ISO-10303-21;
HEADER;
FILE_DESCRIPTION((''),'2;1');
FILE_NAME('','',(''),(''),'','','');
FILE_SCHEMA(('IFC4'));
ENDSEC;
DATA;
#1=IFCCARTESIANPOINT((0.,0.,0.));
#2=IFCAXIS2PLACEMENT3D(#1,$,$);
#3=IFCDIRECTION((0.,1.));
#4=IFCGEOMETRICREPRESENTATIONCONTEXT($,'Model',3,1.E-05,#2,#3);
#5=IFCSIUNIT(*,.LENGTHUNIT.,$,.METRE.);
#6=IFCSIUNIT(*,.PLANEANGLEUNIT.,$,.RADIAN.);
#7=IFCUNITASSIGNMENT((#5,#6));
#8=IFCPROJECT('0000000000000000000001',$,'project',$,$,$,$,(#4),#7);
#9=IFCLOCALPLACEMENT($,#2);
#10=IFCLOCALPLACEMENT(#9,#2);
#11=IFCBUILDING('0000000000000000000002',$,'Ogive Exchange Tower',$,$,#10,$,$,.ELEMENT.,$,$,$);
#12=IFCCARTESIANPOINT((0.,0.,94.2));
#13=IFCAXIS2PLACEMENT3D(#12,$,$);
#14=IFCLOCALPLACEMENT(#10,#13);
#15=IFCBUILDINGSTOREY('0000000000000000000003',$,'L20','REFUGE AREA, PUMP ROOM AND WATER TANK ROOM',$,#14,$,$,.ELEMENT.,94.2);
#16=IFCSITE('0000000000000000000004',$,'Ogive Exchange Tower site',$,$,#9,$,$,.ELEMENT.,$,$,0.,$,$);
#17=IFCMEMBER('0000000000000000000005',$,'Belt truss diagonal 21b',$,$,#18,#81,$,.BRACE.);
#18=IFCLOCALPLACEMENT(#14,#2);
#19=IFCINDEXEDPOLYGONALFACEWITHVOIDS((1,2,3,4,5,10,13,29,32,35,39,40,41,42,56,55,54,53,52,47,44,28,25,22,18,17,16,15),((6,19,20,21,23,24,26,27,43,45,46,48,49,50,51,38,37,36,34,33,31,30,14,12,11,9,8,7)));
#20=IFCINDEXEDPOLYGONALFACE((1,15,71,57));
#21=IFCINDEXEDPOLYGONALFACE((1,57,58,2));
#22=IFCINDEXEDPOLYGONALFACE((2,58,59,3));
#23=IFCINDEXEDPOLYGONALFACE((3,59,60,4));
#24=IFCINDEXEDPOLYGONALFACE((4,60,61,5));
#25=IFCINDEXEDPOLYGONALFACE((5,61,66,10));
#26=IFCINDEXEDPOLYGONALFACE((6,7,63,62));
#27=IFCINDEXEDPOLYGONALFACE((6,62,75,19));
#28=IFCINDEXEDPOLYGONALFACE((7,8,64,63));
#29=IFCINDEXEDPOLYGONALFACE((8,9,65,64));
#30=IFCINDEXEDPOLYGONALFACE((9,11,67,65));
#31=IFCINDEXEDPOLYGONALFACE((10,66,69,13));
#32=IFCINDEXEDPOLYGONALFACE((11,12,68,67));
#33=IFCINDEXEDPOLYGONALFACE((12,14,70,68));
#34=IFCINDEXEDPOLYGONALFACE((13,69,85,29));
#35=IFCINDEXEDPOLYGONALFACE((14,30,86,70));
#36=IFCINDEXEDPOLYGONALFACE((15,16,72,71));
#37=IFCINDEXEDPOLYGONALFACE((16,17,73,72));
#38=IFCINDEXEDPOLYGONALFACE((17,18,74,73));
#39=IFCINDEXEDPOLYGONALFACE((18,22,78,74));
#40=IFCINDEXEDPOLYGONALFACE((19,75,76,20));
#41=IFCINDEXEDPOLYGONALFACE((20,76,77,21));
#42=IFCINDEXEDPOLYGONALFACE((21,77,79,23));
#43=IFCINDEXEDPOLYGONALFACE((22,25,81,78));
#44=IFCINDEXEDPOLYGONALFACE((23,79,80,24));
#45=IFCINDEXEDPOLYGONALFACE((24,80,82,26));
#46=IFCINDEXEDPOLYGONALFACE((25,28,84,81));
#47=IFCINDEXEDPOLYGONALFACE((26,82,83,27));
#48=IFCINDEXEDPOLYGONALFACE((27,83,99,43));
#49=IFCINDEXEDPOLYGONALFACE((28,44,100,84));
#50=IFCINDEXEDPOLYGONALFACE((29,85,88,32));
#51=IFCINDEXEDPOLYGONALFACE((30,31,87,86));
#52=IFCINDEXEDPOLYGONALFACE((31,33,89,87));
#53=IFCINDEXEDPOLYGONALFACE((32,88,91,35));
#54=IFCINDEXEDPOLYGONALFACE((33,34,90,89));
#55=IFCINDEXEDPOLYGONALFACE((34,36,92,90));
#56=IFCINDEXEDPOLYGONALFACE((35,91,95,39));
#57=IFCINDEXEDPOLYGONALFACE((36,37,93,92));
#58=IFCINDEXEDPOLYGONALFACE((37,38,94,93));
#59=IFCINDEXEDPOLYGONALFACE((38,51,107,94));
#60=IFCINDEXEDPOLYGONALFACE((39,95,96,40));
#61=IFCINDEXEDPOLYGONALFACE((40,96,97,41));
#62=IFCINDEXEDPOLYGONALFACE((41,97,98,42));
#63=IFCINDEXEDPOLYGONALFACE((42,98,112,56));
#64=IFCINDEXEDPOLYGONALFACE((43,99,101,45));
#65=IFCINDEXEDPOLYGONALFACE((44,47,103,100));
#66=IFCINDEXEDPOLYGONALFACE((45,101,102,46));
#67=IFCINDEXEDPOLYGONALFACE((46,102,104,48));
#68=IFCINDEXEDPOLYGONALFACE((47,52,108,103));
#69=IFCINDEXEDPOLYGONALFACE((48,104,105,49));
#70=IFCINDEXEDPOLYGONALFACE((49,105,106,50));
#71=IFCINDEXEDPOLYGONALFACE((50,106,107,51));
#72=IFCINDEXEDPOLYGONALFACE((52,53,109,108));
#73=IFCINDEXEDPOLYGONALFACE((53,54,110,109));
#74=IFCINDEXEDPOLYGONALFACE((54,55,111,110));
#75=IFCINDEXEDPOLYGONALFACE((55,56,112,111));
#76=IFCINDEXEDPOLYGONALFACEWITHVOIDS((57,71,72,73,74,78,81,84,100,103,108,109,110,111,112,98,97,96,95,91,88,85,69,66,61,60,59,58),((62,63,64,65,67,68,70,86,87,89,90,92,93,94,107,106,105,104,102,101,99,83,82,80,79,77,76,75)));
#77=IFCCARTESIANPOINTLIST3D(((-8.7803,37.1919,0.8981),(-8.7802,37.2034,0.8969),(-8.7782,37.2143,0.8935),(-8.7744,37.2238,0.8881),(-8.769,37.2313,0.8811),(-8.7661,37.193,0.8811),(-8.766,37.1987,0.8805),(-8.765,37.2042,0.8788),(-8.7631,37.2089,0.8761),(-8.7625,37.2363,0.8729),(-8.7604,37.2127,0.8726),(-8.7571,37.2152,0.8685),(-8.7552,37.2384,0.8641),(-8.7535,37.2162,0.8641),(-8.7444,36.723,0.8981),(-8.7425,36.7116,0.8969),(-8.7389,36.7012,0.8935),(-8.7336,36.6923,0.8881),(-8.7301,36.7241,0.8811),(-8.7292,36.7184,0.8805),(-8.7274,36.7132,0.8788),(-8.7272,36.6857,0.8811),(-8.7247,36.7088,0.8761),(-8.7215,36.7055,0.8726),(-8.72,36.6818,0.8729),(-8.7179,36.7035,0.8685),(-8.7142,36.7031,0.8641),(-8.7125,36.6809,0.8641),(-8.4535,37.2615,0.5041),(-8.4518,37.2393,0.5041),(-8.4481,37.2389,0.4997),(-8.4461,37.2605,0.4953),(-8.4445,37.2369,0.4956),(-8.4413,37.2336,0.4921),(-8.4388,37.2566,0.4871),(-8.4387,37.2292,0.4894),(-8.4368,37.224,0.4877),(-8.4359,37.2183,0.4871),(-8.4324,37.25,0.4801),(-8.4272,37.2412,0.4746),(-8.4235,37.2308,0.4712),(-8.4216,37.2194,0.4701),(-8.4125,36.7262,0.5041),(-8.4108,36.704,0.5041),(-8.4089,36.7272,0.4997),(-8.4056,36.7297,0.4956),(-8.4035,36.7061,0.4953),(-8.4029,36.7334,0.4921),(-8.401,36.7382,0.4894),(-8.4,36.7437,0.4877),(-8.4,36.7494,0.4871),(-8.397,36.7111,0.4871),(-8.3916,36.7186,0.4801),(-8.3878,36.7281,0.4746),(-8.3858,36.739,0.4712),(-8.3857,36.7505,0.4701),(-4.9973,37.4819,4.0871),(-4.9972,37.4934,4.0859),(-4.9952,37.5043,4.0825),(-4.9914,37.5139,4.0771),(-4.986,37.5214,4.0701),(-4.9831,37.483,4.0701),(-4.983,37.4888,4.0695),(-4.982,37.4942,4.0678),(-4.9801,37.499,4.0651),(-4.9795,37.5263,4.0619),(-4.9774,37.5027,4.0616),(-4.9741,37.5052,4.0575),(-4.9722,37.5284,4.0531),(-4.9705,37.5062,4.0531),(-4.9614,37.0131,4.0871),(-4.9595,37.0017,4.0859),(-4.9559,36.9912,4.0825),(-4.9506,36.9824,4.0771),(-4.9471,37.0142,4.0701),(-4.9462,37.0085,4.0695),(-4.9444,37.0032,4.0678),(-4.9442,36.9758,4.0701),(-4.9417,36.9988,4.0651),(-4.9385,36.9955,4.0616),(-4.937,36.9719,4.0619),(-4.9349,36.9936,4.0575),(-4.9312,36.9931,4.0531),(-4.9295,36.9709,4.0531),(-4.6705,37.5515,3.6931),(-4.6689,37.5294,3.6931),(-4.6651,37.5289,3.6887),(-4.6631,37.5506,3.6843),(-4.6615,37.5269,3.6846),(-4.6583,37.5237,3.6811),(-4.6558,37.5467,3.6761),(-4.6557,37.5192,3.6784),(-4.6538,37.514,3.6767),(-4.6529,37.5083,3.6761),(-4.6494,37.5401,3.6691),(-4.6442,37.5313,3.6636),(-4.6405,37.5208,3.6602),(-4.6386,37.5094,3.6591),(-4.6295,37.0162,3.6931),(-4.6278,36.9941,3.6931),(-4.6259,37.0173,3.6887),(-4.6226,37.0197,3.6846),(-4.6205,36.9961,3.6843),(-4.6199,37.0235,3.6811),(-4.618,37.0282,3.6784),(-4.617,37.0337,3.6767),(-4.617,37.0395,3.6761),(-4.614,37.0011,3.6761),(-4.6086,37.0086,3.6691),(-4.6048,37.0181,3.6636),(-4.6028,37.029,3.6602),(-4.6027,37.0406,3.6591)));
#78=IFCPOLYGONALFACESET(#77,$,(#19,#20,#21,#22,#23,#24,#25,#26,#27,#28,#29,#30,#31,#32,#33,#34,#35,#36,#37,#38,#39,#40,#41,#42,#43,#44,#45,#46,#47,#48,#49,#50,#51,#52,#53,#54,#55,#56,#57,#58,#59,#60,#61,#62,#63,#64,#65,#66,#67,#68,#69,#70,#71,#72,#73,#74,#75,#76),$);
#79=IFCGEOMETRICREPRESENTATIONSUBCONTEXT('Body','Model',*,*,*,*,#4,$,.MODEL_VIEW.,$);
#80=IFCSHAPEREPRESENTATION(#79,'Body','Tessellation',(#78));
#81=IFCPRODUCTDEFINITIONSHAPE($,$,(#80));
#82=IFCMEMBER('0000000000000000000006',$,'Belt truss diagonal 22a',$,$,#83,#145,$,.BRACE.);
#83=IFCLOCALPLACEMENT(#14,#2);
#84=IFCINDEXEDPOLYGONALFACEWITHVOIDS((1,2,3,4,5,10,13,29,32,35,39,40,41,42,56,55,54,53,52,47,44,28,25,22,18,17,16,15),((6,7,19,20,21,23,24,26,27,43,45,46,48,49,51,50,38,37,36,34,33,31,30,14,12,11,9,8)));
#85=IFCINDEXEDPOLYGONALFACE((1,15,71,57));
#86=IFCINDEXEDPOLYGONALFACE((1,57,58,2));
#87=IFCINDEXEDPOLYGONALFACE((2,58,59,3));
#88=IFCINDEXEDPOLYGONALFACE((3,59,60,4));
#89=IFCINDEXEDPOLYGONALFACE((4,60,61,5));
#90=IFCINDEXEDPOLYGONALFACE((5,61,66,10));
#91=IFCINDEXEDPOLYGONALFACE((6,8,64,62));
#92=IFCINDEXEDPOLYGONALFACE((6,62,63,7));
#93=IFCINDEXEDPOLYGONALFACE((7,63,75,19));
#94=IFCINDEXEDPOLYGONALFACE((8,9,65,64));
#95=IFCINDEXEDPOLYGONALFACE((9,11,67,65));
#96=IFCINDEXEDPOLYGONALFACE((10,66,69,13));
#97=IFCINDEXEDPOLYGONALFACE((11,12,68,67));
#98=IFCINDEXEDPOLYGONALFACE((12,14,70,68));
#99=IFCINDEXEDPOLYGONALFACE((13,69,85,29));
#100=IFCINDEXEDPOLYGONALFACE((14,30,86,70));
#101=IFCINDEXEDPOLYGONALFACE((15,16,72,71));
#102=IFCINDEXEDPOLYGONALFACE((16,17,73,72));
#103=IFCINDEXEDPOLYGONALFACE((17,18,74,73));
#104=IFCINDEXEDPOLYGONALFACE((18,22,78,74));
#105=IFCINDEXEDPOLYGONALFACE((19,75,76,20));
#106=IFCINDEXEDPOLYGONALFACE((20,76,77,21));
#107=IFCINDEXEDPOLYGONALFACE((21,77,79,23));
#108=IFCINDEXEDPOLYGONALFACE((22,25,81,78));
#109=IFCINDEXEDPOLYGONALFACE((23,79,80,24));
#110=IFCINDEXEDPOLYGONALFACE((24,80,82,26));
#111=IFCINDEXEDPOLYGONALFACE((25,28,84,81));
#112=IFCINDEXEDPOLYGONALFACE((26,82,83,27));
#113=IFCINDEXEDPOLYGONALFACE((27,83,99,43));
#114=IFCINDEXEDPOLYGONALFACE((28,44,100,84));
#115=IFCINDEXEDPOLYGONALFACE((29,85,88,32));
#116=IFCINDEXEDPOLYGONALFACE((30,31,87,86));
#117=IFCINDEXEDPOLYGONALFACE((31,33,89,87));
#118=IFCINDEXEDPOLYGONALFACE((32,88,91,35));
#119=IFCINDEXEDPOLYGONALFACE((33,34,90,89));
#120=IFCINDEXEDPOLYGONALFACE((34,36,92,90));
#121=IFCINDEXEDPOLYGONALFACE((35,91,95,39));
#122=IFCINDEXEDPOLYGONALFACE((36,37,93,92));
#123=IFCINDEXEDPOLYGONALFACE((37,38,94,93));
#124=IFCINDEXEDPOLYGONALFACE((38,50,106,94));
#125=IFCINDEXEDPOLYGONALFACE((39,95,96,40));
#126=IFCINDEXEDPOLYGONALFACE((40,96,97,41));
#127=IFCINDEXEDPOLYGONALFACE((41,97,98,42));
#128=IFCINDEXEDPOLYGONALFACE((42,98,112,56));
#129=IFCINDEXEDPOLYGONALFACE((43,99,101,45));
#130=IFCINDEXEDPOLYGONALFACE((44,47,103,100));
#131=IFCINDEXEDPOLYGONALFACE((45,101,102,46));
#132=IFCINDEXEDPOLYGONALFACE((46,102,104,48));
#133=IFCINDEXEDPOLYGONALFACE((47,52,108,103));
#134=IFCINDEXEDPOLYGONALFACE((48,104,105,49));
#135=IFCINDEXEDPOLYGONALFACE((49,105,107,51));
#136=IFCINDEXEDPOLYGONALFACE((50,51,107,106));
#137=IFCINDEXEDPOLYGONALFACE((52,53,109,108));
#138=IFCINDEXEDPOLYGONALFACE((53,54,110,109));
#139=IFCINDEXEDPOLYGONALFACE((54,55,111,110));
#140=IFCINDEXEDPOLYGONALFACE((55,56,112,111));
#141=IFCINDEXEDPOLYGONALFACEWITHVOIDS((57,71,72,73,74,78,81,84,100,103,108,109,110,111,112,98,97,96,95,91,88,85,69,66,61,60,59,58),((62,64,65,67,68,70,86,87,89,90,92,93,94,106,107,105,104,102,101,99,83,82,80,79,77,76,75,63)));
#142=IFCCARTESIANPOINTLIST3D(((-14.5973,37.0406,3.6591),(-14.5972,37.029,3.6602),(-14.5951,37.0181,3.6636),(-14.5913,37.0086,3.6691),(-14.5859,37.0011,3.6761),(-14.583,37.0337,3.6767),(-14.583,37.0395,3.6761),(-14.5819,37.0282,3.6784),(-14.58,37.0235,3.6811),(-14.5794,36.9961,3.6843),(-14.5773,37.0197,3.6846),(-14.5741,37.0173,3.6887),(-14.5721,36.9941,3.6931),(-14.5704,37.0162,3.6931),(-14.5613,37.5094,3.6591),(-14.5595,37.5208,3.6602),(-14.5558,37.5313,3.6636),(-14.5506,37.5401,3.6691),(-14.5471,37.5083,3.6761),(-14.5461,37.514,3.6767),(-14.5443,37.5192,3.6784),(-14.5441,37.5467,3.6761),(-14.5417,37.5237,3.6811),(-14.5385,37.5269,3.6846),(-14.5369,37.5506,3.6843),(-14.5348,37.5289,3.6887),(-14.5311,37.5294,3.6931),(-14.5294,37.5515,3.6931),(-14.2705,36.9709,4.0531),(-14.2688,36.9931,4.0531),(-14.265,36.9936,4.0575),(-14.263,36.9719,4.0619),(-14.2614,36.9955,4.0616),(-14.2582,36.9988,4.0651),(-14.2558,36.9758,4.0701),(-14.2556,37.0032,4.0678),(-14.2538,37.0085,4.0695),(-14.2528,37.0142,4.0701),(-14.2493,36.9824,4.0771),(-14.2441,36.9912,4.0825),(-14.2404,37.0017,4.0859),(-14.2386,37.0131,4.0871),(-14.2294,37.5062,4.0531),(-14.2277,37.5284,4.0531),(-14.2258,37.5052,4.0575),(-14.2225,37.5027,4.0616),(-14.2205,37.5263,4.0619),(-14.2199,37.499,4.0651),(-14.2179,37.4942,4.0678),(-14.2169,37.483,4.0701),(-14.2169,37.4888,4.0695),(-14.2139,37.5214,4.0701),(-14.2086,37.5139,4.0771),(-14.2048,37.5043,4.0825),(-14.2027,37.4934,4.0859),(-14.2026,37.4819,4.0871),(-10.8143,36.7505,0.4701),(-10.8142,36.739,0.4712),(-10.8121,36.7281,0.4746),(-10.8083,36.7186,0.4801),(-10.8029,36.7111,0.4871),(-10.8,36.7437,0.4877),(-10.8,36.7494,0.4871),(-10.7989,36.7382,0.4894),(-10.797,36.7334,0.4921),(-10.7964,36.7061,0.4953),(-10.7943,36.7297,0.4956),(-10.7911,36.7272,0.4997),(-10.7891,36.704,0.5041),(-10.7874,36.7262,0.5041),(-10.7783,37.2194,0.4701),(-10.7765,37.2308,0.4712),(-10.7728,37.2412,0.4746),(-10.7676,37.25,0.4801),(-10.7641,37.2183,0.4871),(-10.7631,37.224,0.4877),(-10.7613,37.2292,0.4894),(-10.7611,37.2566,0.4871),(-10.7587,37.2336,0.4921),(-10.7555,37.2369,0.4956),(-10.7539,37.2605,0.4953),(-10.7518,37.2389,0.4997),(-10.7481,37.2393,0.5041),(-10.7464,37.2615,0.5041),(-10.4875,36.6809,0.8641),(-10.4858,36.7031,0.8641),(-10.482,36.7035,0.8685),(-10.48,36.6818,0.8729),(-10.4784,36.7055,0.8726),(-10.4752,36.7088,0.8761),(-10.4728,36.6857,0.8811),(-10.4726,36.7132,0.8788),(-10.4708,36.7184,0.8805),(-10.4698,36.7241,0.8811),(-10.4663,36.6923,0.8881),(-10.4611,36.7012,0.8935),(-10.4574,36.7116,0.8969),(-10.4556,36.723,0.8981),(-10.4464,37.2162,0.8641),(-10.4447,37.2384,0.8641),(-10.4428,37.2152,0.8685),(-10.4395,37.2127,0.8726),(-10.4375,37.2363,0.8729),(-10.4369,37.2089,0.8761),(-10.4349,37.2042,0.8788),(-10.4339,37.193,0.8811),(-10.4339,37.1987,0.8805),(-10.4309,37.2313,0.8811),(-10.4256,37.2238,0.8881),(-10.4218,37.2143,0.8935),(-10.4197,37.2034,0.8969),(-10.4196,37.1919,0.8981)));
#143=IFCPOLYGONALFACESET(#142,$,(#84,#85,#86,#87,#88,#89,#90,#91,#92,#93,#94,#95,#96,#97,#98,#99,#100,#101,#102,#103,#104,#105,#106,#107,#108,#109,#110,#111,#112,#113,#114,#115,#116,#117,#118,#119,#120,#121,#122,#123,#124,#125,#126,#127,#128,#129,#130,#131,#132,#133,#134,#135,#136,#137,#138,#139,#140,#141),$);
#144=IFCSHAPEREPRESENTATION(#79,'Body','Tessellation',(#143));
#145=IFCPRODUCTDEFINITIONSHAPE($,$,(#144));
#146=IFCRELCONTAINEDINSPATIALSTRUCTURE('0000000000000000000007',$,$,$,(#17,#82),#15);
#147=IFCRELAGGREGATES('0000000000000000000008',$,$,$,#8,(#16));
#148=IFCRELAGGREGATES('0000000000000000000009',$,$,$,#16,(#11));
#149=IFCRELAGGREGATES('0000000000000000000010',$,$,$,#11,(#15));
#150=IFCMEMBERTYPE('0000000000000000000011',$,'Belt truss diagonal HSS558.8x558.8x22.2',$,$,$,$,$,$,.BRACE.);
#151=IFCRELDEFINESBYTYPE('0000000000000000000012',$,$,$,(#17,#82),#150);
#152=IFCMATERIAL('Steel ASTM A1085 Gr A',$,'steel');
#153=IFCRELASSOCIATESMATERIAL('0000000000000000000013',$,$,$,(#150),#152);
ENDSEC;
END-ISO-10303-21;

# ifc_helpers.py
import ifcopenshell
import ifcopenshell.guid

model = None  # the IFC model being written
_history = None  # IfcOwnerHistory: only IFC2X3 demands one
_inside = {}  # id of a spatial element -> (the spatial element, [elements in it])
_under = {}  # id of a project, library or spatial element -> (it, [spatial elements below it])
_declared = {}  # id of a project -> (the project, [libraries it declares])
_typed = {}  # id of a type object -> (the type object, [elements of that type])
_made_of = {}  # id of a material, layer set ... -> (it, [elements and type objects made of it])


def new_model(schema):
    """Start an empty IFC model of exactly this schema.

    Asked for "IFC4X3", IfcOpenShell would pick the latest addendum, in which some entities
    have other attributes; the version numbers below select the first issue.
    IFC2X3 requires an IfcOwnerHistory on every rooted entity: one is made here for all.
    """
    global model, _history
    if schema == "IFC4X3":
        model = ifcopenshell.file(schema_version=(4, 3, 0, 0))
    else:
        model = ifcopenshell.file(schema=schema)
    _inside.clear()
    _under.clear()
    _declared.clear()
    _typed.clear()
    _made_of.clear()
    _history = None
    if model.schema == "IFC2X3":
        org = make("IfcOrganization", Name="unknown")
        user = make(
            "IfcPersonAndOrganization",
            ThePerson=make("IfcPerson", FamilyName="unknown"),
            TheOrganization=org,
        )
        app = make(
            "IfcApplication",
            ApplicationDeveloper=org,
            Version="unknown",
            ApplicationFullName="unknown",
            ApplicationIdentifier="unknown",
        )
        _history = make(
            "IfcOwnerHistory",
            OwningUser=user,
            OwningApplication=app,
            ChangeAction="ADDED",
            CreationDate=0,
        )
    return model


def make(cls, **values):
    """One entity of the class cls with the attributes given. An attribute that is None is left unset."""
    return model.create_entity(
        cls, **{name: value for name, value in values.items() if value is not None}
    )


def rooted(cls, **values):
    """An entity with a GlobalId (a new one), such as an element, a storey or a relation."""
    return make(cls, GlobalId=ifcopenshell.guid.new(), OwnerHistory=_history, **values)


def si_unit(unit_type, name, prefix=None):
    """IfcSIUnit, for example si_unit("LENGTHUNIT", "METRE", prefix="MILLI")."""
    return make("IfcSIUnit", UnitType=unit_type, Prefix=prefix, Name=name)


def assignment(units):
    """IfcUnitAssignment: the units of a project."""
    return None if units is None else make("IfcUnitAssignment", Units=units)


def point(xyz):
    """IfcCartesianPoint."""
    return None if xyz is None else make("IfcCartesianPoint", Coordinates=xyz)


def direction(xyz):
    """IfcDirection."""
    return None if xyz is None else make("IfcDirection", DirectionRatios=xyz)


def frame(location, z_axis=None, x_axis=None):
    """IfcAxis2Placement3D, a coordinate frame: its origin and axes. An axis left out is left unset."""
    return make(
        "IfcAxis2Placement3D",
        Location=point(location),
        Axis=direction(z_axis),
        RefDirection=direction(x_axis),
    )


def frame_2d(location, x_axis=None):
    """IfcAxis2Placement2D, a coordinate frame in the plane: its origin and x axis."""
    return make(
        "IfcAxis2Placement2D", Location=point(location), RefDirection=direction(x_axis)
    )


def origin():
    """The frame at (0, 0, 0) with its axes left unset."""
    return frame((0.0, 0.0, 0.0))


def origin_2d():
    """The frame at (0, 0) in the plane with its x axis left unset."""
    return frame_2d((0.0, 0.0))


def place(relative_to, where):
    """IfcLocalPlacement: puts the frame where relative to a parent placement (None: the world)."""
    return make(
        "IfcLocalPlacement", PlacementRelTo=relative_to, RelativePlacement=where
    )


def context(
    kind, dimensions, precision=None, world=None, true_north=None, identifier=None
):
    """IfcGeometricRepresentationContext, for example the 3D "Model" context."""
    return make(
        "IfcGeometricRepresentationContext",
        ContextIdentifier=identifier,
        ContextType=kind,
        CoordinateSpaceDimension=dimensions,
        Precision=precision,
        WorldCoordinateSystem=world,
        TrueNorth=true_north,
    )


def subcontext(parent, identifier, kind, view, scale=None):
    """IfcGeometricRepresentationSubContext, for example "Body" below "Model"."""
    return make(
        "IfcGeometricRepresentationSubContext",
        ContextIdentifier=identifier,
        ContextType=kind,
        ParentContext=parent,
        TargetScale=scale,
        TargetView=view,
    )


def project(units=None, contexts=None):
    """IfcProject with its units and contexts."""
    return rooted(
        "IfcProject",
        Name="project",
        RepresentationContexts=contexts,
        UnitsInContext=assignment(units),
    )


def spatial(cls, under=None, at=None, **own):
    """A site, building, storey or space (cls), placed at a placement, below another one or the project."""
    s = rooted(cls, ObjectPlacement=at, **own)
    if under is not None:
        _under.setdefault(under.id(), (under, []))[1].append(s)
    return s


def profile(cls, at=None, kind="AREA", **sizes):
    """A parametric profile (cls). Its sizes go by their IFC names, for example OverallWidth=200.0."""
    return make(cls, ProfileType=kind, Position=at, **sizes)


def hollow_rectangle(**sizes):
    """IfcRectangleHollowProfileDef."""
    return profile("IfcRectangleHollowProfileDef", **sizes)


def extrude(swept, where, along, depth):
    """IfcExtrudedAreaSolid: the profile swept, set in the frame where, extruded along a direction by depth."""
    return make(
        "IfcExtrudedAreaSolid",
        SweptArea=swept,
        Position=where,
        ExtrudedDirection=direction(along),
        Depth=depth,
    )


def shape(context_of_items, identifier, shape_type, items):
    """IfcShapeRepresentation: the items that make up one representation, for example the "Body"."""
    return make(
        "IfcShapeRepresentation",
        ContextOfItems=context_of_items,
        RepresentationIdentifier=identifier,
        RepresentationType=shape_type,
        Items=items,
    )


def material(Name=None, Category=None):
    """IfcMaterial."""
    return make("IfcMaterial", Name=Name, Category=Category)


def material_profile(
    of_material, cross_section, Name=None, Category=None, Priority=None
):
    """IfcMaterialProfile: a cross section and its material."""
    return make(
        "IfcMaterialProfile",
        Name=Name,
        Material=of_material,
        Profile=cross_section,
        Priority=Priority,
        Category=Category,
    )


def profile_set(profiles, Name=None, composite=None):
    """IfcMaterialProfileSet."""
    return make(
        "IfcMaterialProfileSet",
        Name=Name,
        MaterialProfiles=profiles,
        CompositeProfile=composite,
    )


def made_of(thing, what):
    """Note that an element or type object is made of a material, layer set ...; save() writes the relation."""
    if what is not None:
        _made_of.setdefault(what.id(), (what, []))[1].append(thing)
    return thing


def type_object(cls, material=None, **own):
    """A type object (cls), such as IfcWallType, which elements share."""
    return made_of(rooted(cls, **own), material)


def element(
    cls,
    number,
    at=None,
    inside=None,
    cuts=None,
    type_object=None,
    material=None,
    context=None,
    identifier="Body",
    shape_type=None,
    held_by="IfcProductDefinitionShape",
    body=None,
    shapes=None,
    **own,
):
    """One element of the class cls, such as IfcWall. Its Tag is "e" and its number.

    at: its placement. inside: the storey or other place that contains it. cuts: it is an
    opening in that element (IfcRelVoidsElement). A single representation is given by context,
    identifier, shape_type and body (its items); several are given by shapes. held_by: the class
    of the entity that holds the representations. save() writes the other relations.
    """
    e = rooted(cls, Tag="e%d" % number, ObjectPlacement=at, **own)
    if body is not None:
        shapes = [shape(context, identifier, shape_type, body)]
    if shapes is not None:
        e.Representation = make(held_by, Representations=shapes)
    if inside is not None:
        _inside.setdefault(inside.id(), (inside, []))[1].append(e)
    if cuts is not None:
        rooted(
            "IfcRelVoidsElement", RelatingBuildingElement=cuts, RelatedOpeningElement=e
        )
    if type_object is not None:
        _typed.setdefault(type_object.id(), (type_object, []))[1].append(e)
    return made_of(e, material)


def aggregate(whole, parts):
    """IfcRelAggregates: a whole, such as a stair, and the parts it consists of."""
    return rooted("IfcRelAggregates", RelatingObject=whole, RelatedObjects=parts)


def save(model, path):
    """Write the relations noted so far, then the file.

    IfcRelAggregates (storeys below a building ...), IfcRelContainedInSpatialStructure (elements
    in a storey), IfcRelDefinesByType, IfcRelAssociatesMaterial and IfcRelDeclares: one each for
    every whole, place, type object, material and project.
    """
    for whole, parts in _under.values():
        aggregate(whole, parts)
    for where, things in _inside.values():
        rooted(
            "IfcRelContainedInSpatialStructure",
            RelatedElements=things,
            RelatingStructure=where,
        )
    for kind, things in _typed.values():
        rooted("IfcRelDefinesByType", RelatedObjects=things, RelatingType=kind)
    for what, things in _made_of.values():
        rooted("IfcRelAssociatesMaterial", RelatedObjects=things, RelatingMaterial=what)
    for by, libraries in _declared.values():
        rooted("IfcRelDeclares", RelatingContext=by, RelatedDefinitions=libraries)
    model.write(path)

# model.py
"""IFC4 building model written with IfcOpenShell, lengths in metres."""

from ifc_helpers import new_model, si_unit, direction, frame, origin, origin_2d, place, context, subcontext, project, spatial, hollow_rectangle, extrude, material, material_profile, profile_set, type_object, element, save


model = new_model("IFC4")

# Units and contexts
model_context = context("Model", 3, precision=1e-05, world=origin(), true_north=direction((0.0, 1.0)))
body_context = subcontext(model_context, "Body", "Model", "MODEL_VIEW")
ifc_project = project(units=[si_unit("LENGTHUNIT", "METRE"), si_unit("PLANEANGLEUNIT", "RADIAN")], contexts=[model_context])

# Site, building, storey
site_placement = place(None, origin())
site = spatial("IfcSite", under=ifc_project, at=site_placement, Name="Ogive Exchange Tower site", CompositionType="ELEMENT", RefElevation=0.0)
building_placement = place(site_placement, origin())
building = spatial("IfcBuilding", under=site, at=building_placement, Name="Ogive Exchange Tower", CompositionType="ELEMENT")
storey_placement = place(building_placement, frame((0.0, 0.0, 94.2)))
storey = spatial("IfcBuildingStorey", under=building, at=storey_placement, Name="L20", Description="REFUGE AREA, PUMP ROOM AND WATER TANK ROOM", CompositionType="ELEMENT", Elevation=94.2)

# Members
ifc_material_1 = material(Name="Steel ASTM A1085 Gr A", Category="steel")
ifc_material_profile_1 = material_profile(ifc_material_1, hollow_rectangle(XDim=0.5591, YDim=0.5591, WallThickness=0.0222, InnerFilletRadius=0.0222, OuterFilletRadius=0.0444, at=origin_2d()), Name="HSS558.8x558.8x22.2")
ifc_profile_set_1 = profile_set([ifc_material_profile_1], Name="Steel ASTM A1085 Gr A")
member_type_1 = type_object("IfcMemberType", Name="Belt truss diagonal HSS558.8x558.8x22.2", PredefinedType="BRACE", material=ifc_profile_set_1)
for number, where, z_axis, x_axis, name in (
    (1, (-8.583, 36.9712, 0.6841), (0.763271, 0.05852, 0.643423), (-0.076446, 0.997074, 0.0), "Belt truss diagonal 21b"),
    (2, (-10.6169, 36.9712, 0.6841), (-0.763271, 0.05852, 0.643423), (-0.076446, -0.997074, 0.0), "Belt truss diagonal 22a"),
):
    element("IfcMember", number, at=place(storey_placement, frame(where, z_axis=z_axis, x_axis=x_axis)), inside=storey, type_object=member_type_1, Name=name, PredefinedType="BRACE", context=body_context, shape_type="SweptSolid", body=[
        extrude(hollow_rectangle(XDim=0.5591, YDim=0.5591, WallThickness=0.0222, InnerFilletRadius=0.0222, OuterFilletRadius=0.0444, at=origin_2d()), origin(), (0.0, 0.0, 1.0), 4.9563),
    ])

save(model, "model.ifc")
